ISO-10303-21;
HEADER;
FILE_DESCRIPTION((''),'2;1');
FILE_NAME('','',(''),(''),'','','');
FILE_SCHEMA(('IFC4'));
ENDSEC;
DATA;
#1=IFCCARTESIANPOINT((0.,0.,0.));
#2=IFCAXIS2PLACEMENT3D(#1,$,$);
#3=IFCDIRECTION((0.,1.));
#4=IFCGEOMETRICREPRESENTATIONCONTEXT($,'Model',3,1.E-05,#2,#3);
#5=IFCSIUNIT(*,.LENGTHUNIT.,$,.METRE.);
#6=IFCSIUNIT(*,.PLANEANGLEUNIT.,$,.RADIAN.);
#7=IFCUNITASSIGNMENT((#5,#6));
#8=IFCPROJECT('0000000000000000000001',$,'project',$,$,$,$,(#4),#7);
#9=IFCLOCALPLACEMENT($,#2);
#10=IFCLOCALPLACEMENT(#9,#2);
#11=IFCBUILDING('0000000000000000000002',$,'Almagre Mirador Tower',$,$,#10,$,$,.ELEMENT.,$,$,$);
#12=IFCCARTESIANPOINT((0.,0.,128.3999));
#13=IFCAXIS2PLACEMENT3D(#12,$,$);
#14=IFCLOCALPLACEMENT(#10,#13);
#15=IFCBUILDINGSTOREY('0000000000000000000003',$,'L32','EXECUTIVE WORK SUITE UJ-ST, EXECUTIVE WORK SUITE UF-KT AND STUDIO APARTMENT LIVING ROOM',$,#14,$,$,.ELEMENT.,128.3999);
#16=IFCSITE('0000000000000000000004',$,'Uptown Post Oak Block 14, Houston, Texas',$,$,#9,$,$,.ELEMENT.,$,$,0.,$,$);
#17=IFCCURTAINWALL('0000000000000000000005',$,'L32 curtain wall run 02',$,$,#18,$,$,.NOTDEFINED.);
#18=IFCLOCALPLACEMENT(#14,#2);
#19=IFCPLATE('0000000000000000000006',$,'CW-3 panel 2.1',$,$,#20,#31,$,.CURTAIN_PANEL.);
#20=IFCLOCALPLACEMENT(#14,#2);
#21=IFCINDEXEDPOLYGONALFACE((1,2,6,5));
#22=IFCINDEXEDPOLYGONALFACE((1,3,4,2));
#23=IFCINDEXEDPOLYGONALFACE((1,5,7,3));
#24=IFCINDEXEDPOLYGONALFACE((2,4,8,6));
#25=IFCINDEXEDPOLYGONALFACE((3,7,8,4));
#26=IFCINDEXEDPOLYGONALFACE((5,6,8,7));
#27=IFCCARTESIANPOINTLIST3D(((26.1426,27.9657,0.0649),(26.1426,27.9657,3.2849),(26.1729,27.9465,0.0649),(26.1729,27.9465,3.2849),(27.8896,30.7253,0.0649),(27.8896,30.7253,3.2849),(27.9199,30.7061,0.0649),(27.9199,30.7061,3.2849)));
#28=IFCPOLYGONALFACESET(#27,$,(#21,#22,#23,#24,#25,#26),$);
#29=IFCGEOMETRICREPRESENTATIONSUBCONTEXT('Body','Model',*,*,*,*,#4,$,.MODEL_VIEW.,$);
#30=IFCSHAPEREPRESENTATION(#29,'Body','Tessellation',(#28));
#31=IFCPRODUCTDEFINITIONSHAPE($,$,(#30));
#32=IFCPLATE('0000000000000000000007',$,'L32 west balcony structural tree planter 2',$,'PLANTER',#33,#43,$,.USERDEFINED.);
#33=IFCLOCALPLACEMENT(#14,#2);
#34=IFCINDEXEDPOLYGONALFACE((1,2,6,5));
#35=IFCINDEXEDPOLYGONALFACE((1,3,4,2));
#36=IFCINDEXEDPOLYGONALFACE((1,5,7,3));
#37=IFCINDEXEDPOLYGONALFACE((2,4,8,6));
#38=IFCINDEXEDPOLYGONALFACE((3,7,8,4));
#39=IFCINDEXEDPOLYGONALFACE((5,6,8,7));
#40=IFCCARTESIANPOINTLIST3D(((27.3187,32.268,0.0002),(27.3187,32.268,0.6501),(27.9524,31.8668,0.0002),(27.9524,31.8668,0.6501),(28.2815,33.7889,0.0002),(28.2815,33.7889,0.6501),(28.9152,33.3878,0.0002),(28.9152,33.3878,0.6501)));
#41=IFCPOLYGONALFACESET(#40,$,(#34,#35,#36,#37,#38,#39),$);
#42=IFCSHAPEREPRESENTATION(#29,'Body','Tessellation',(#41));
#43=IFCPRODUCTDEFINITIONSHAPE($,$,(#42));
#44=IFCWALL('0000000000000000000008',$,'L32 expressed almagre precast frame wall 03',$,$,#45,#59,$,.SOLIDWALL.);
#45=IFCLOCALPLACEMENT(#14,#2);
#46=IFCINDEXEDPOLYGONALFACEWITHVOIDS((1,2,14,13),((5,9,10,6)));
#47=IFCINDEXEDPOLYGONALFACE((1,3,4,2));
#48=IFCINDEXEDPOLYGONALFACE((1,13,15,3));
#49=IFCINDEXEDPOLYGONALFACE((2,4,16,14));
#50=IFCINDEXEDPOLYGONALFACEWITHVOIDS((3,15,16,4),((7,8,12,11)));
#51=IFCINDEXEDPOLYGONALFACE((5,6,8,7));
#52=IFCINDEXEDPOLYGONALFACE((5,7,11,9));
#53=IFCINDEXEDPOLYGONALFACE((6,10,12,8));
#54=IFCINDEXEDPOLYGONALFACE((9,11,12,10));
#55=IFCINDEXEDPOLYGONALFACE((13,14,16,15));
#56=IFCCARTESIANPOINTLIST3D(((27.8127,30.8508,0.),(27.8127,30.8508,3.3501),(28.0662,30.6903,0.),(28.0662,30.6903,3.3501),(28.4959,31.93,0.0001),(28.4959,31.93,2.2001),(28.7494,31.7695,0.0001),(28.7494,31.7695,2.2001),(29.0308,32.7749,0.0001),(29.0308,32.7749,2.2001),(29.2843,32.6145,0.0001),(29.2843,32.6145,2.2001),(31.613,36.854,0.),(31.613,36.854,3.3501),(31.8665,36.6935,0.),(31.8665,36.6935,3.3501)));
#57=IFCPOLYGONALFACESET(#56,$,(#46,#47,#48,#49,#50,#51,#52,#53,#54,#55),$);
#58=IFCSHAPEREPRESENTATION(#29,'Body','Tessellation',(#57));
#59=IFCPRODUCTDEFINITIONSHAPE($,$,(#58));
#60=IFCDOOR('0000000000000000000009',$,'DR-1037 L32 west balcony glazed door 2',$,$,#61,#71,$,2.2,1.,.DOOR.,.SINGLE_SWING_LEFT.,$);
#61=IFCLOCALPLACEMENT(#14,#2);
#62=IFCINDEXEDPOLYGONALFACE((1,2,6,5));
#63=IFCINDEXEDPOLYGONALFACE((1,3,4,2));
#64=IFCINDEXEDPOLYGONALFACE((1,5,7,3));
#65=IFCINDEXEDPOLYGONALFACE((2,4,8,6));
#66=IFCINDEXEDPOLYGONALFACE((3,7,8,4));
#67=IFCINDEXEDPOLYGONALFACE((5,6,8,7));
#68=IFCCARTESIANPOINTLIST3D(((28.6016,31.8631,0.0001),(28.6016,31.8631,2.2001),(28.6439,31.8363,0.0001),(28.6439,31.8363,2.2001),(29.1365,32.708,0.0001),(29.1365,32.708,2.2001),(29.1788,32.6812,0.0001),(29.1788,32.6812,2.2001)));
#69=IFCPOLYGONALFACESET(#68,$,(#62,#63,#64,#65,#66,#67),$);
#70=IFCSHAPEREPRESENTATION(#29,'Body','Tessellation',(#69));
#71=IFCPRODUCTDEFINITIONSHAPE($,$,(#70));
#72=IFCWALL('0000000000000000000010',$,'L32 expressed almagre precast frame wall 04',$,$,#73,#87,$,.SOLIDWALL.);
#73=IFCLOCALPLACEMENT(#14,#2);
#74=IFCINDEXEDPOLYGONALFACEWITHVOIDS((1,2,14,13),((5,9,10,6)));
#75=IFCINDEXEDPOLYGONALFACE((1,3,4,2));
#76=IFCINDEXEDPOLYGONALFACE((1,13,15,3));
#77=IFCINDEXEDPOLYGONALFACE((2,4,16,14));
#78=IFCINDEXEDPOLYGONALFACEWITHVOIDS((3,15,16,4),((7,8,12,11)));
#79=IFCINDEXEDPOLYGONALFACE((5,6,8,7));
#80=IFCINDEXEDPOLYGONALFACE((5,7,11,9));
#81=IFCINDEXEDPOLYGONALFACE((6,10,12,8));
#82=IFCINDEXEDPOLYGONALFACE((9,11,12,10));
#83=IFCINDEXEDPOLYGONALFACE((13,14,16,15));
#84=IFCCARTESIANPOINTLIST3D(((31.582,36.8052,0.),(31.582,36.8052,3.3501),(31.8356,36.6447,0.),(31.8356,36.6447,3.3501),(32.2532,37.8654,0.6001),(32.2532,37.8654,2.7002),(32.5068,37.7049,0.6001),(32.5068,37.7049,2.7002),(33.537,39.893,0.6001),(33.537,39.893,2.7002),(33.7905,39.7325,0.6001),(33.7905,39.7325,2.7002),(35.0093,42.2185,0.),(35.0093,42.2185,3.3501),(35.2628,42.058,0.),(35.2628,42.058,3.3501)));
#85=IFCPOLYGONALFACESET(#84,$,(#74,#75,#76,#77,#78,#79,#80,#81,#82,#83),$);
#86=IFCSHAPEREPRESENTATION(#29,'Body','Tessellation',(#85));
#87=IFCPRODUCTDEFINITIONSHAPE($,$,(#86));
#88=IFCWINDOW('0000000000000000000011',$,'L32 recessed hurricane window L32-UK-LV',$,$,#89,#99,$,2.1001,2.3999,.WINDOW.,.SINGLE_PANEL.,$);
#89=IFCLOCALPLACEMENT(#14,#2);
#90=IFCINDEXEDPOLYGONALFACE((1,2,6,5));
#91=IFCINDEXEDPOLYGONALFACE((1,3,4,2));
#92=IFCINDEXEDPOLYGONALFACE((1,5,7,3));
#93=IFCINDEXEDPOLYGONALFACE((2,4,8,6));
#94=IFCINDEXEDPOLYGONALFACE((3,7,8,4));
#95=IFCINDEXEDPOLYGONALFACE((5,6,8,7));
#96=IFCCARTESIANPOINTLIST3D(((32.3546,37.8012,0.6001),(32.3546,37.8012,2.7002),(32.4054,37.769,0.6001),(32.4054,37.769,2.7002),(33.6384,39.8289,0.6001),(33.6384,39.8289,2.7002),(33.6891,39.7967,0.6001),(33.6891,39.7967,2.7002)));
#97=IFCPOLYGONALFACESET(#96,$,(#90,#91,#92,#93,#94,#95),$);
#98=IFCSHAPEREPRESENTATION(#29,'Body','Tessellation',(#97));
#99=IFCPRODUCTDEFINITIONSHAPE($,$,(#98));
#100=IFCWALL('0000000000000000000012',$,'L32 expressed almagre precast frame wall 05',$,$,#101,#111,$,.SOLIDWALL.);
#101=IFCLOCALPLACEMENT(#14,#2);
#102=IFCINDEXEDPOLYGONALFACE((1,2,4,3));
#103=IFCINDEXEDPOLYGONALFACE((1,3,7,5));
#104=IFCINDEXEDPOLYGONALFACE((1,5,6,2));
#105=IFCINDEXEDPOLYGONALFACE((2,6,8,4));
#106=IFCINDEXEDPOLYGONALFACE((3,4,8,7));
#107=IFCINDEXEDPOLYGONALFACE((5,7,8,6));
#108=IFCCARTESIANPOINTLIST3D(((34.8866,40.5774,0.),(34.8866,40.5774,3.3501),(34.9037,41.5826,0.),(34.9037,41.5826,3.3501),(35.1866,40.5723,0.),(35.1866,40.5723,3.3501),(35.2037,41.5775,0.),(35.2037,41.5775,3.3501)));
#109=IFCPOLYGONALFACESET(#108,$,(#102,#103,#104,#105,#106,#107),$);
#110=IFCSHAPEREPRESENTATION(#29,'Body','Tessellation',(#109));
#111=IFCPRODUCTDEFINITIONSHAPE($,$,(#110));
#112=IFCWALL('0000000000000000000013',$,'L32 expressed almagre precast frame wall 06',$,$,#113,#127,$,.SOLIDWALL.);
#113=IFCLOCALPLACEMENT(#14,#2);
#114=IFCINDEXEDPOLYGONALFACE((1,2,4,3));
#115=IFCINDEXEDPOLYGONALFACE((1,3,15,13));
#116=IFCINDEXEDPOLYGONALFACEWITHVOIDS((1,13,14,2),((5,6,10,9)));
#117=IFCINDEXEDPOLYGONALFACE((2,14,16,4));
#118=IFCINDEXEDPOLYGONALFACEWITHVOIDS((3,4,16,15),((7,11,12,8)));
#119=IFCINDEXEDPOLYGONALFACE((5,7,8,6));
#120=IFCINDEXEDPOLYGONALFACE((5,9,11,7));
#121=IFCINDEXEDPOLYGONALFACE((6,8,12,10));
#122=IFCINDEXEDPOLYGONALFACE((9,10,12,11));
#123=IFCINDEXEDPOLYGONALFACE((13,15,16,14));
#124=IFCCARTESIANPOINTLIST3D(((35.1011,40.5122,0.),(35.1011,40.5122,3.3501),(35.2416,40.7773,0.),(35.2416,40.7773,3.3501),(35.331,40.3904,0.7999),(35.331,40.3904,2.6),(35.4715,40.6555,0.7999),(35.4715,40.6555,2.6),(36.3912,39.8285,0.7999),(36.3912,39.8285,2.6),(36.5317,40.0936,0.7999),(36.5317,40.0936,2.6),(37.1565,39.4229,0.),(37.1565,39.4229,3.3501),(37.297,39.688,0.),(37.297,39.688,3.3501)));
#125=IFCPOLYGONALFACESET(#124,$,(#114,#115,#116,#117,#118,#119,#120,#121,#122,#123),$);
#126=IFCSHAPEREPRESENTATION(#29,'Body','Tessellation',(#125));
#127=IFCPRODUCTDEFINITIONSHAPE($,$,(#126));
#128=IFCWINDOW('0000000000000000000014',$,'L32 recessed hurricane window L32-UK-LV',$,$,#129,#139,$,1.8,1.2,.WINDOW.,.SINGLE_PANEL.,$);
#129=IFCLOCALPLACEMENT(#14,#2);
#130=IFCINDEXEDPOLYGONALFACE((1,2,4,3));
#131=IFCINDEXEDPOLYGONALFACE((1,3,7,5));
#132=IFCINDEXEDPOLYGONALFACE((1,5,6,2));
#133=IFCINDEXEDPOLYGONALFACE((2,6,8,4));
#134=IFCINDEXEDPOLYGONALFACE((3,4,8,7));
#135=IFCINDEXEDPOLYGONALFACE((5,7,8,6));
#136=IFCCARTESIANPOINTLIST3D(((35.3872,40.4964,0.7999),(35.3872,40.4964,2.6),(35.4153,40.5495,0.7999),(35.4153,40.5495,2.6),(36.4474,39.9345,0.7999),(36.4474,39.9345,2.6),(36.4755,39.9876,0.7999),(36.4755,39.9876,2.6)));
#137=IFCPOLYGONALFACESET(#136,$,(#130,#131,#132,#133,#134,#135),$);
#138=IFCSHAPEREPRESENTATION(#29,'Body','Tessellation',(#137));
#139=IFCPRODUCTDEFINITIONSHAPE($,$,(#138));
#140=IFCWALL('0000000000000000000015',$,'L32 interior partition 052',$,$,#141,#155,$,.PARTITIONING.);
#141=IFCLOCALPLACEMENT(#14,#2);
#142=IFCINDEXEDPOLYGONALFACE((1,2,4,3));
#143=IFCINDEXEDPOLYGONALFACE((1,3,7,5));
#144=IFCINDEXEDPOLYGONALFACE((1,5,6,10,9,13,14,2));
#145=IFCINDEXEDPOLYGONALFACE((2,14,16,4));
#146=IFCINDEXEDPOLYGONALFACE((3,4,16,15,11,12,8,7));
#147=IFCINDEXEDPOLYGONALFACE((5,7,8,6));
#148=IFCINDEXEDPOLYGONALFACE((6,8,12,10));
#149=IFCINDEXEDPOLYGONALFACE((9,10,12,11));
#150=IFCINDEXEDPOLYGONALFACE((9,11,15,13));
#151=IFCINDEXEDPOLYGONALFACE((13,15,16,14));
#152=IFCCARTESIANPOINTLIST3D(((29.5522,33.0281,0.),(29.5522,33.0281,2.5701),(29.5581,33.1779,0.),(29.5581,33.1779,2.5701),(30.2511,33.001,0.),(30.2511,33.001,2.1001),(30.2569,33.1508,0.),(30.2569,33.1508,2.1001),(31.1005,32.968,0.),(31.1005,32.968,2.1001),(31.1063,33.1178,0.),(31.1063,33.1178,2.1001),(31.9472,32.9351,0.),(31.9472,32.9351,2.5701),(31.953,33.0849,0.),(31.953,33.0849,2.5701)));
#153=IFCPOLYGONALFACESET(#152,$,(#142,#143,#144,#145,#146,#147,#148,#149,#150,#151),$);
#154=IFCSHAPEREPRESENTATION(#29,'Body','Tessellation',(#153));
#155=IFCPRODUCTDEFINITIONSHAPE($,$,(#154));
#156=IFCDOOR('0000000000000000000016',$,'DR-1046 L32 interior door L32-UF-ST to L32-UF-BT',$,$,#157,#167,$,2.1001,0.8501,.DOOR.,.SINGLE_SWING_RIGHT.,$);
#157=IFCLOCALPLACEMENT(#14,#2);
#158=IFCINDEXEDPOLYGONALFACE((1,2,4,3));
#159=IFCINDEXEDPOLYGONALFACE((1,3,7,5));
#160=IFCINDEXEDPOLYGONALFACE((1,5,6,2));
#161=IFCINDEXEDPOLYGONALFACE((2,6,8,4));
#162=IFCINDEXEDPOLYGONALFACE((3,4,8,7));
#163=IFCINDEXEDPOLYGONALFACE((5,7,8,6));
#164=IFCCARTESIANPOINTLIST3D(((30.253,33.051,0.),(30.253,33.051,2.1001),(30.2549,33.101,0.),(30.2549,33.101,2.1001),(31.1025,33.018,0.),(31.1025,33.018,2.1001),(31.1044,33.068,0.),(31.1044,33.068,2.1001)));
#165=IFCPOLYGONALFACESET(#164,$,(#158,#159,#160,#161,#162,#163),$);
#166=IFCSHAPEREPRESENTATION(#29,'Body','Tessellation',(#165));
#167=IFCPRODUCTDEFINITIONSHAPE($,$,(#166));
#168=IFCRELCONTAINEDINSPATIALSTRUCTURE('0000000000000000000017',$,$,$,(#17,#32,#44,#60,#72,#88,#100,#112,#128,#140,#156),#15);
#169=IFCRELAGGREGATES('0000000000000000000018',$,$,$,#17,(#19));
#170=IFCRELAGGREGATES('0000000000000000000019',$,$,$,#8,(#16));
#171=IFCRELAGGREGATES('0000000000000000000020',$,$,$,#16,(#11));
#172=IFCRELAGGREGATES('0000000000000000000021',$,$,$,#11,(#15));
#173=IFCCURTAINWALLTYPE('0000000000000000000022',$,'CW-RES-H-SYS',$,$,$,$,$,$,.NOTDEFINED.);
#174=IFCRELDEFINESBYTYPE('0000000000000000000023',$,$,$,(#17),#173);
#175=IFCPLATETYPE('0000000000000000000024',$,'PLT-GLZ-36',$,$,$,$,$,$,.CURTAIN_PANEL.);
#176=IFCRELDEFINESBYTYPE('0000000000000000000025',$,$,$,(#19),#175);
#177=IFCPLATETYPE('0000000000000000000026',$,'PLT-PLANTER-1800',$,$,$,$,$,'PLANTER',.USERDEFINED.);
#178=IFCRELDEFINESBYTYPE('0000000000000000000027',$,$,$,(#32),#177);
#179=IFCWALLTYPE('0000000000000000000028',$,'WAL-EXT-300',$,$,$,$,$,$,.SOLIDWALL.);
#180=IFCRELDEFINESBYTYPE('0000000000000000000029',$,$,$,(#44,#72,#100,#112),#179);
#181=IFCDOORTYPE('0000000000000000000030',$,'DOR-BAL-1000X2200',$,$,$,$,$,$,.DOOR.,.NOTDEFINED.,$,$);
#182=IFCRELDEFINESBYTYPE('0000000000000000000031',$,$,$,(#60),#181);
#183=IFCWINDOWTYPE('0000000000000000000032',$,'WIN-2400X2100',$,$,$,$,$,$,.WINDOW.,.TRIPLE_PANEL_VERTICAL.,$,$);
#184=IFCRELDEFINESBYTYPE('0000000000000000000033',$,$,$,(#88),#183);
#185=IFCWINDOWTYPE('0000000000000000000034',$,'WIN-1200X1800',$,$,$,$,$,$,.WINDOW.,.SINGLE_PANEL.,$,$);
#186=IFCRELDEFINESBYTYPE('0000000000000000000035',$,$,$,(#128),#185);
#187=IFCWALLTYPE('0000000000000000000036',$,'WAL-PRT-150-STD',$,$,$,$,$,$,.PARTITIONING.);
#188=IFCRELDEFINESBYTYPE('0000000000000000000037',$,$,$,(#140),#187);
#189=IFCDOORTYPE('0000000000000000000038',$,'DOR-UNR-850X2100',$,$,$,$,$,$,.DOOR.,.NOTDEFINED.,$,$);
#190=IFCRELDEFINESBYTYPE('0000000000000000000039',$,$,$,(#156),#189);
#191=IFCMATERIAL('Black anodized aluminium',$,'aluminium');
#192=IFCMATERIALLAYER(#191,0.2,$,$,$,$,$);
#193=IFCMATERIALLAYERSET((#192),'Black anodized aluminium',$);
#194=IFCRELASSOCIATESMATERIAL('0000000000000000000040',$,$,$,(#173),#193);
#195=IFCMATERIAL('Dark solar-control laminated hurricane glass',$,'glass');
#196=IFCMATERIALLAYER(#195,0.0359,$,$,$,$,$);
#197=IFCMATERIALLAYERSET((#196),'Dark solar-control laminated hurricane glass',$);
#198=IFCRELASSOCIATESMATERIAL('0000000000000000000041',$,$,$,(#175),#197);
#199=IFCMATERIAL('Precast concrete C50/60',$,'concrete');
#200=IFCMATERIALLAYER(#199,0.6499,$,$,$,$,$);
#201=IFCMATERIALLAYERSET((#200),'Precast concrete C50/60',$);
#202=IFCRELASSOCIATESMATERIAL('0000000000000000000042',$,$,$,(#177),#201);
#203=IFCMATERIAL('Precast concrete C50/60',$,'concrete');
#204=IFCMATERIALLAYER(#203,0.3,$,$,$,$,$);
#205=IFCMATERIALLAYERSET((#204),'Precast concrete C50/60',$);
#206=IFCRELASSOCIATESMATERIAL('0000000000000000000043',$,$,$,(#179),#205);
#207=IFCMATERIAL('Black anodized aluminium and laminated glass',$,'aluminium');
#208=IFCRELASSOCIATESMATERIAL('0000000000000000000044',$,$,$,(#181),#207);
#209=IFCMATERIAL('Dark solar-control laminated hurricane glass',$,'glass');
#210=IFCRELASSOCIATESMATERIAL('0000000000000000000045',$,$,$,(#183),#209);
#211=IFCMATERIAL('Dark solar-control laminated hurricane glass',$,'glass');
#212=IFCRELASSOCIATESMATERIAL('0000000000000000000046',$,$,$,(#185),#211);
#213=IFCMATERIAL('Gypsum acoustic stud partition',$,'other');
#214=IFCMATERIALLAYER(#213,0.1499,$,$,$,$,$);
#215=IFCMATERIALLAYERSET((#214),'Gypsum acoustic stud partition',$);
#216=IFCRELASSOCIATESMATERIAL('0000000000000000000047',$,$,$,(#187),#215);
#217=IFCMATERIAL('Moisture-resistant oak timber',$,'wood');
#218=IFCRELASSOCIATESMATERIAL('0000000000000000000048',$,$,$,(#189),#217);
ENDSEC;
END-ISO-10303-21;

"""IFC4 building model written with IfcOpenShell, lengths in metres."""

from ifc_helpers import new_model, si_unit, direction, frame, frame_2d, origin, origin_2d, place, context, subcontext, project, spatial, rectangle, extrude, material, layer, layer_set, type_object, element, fill, aggregate, save


model = new_model("IFC4")

# Units and contexts
model_context = context("Model", 3, precision=1e-05, world=origin(), true_north=direction((0.0, 1.0)))
body_context = subcontext(model_context, "Body", "Model", "MODEL_VIEW")
ifc_project = project(units=[si_unit("LENGTHUNIT", "METRE"), si_unit("PLANEANGLEUNIT", "RADIAN")], contexts=[model_context])

# Site, building, storey
site_placement = place(None, origin())
site = spatial("IfcSite", under=ifc_project, at=site_placement, Name="Uptown Post Oak Block 14, Houston, Texas", CompositionType="ELEMENT", RefElevation=0.0)
building_placement = place(site_placement, origin())
building = spatial("IfcBuilding", under=site, at=building_placement, Name="Almagre Mirador Tower", CompositionType="ELEMENT")
storey_placement = place(building_placement, frame((0.0, 0.0, 128.3999)))
storey = spatial("IfcBuildingStorey", under=building, at=storey_placement, Name="L32", Description="EXECUTIVE WORK SUITE UJ-ST, EXECUTIVE WORK SUITE UF-KT AND STUDIO APARTMENT LIVING ROOM", CompositionType="ELEMENT", Elevation=128.3999)

# Curtain wall, plate
ifc_material_1 = material(Name="Black anodized aluminium", Category="aluminium")
ifc_layer_1 = layer(ifc_material_1, 0.2)
ifc_layer_set_1 = layer_set([ifc_layer_1], Name="Black anodized aluminium")
curtain_wall_type = type_object("IfcCurtainWallType", Name="CW-RES-H-SYS", PredefinedType="NOTDEFINED", material=ifc_layer_set_1)
curtain_wall_placement = place(storey_placement, origin())
curtain_wall = element("IfcCurtainWall", 1, at=curtain_wall_placement, inside=storey, type_object=curtain_wall_type, Name="L32 curtain wall run 02", PredefinedType="NOTDEFINED")
ifc_material_2 = material(Name="Dark solar-control laminated hurricane glass", Category="glass")
ifc_layer_2 = layer(ifc_material_2, 0.0359)
ifc_layer_set_2 = layer_set([ifc_layer_2], Name="Dark solar-control laminated hurricane glass")
plate_type_1 = type_object("IfcPlateType", Name="PLT-GLZ-36", PredefinedType="CURTAIN_PANEL", material=ifc_layer_set_2)
plate_1_placement = place(storey_placement, frame((27.0312, 29.3359, 0.0649), z_axis=(0.0, 0.0, 1.0), x_axis=(0.534893, 0.84492, 0.0)))
plate_1 = element("IfcPlate", 2, at=plate_1_placement, type_object=plate_type_1, Name="CW-3 panel 2.1", PredefinedType="CURTAIN_PANEL", context=body_context, shape_type="SweptSolid", body=[
    extrude(rectangle(XDim=3.2661, YDim=0.0359, at=origin_2d()), origin(), (0.0, 0.0, 1.0), 3.22),
])
aggregate(curtain_wall, [plate_1])

# Plate
ifc_material_3 = material(Name="Precast concrete C50/60", Category="concrete")
ifc_layer_3 = layer(ifc_material_3, 0.6499)
ifc_layer_set_3 = layer_set([ifc_layer_3], Name="Precast concrete C50/60")
plate_type_2 = type_object("IfcPlateType", Name="PLT-PLANTER-1800", ElementType="PLANTER", PredefinedType="USERDEFINED", material=ifc_layer_set_3)
plate_2_placement = place(storey_placement, frame((28.1169, 32.8279, 0.0002), z_axis=(0.0, 0.0, 1.0), x_axis=(-0.534869, -0.844935, 0.0)))
element("IfcPlate", 3, at=plate_2_placement, inside=storey, type_object=plate_type_2, Name="L32 west balcony structural tree planter 2", ObjectType="PLANTER", PredefinedType="USERDEFINED", context=body_context, shape_type="SweptSolid", body=[
    extrude(rectangle(XDim=1.8, YDim=0.75, at=origin_2d()), origin(), (0.0, 0.0, 1.0), 0.6499),
])

# Wall, opening, door
ifc_material_4 = material(Name="Precast concrete C50/60", Category="concrete")
ifc_layer_4 = layer(ifc_material_4, 0.3)
ifc_layer_set_4 = layer_set([ifc_layer_4], Name="Precast concrete C50/60")
wall_type_1 = type_object("IfcWallType", Name="WAL-EXT-300", PredefinedType="SOLIDWALL", material=ifc_layer_set_4)
wall_1_placement = place(storey_placement, frame((27.9395, 30.7705, 0.0), z_axis=(0.0, 0.0, 1.0), x_axis=(0.53488, 0.844928, 0.0)))
wall_1 = element("IfcWall", 4, at=wall_1_placement, inside=storey, type_object=wall_type_1, Name="L32 expressed almagre precast frame wall 03", PredefinedType="SOLIDWALL", context=body_context, shape_type="SweptSolid", body=[
    extrude(rectangle(XDim=7.105, YDim=0.3, at=frame_2d((3.5525, 0.0))), origin(), (0.0, 0.0, 1.0), 3.3501),
])
opening_1_placement = place(wall_1_placement, frame((1.2773, 0.0, 0.0)))
opening_1 = element("IfcOpeningElement", 5, at=opening_1_placement, cuts=wall_1, PredefinedType="OPENING", context=body_context, shape_type="SweptSolid", body=[
    extrude(rectangle(XDim=1.0, YDim=2.2, at=frame_2d((0.5, 1.1001))), frame((0.0, 0.1599, 0.0), z_axis=(0.0, -1.0, 0.0), x_axis=(1.0, 0.0, 0.0)), (0.0, 0.0, 1.0), 0.32),
])
ifc_material_5 = material(Name="Black anodized aluminium and laminated glass", Category="aluminium")
door_type_1 = type_object("IfcDoorType", Name="DOR-BAL-1000X2200", OperationType="NOTDEFINED", PredefinedType="DOOR", material=ifc_material_5)
door_1_placement = place(opening_1_placement, origin())
door_1 = element("IfcDoor", 6, at=door_1_placement, inside=storey, type_object=door_type_1, Name="DR-1037 L32 west balcony glazed door 2", OperationType="SINGLE_SWING_LEFT", OverallHeight=2.2, OverallWidth=1.0, PredefinedType="DOOR", context=body_context, shape_type="SweptSolid", body=[
    extrude(rectangle(XDim=1.0, YDim=2.2, at=frame_2d((0.5, 1.1001))), frame((0.0, 0.0249, 0.0), z_axis=(0.0, -1.0, 0.0), x_axis=(1.0, 0.0, 0.0)), (0.0, 0.0, 1.0), 0.05),
])
fill(opening_1, door_1)

# Wall, opening, window
wall_2_placement = place(storey_placement, frame((31.7087, 36.7249, 0.0), z_axis=(0.0, 0.0, 1.0), x_axis=(0.534919, 0.844903, 0.0)))
wall_2 = element("IfcWall", 7, at=wall_2_placement, inside=storey, type_object=wall_type_1, Name="L32 expressed almagre precast frame wall 04", PredefinedType="SOLIDWALL", context=body_context, shape_type="SweptSolid", body=[
    extrude(rectangle(XDim=6.407, YDim=0.3, at=frame_2d((3.2036, 0.0))), origin(), (0.0, 0.0, 1.0), 3.3501),
])
opening_2_placement = place(wall_2_placement, frame((1.2549, 0.0, 0.6001)))
opening_2 = element("IfcOpeningElement", 8, at=opening_2_placement, cuts=wall_2, PredefinedType="OPENING", context=body_context, shape_type="SweptSolid", body=[
    extrude(rectangle(XDim=2.3999, YDim=2.1001, at=frame_2d((1.2, 1.05))), frame((0.0, 0.1599, 0.0), z_axis=(0.0, -1.0, 0.0), x_axis=(1.0, 0.0, 0.0)), (0.0, 0.0, 1.0), 0.32),
])
ifc_material_6 = material(Name="Dark solar-control laminated hurricane glass", Category="glass")
window_type_1 = type_object("IfcWindowType", Name="WIN-2400X2100", PartitioningType="TRIPLE_PANEL_VERTICAL", PredefinedType="WINDOW", material=ifc_material_6)
window_1_placement = place(opening_2_placement, origin())
window_1 = element("IfcWindow", 9, at=window_1_placement, inside=storey, type_object=window_type_1, Name="L32 recessed hurricane window L32-UK-LV", OverallHeight=2.1001, OverallWidth=2.3999, PartitioningType="SINGLE_PANEL", PredefinedType="WINDOW", context=body_context, shape_type="SweptSolid", body=[
    extrude(rectangle(XDim=2.3999, YDim=2.1001, at=frame_2d((1.2, 1.05))), frame((0.0, 0.03, 0.0), z_axis=(0.0, -1.0, 0.0), x_axis=(1.0, 0.0, 0.0)), (0.0, 0.0, 1.0), 0.0601),
])
fill(opening_2, window_1)

# Wall
wall_3_placement = place(storey_placement, frame((35.0537, 41.5801, 0.0), z_axis=(0.0, 0.0, 1.0), x_axis=(-0.017, -0.999855, 0.0)))
element("IfcWall", 10, at=wall_3_placement, inside=storey, type_object=wall_type_1, Name="L32 expressed almagre precast frame wall 05", PredefinedType="SOLIDWALL", context=body_context, shape_type="SweptSolid", body=[
    extrude(rectangle(XDim=1.0054, YDim=0.3, at=frame_2d((0.5027, 0.0))), origin(), (0.0, 0.0, 1.0), 3.3501),
])

# Wall, opening, window
wall_4_placement = place(storey_placement, frame((35.1714, 40.6448, 0.0), z_axis=(0.0, 0.0, 1.0), x_axis=(0.883576, -0.468288, 0.0)))
wall_4 = element("IfcWall", 11, at=wall_4_placement, inside=storey, type_object=wall_type_1, Name="L32 expressed almagre precast frame wall 06", PredefinedType="SOLIDWALL", context=body_context, shape_type="SweptSolid", body=[
    extrude(rectangle(XDim=2.3262, YDim=0.3, at=frame_2d((1.1631, 0.0))), origin(), (0.0, 0.0, 1.0), 3.3501),
])
opening_3_placement = place(wall_4_placement, frame((0.26, 0.0, 0.8)))
opening_3 = element("IfcOpeningElement", 12, at=opening_3_placement, cuts=wall_4, PredefinedType="OPENING", context=body_context, shape_type="SweptSolid", body=[
    extrude(rectangle(XDim=1.2, YDim=1.8, at=frame_2d((0.6001, 0.8999))), frame((0.0, 0.1599, 0.0), z_axis=(0.0, -1.0, 0.0), x_axis=(1.0, 0.0, 0.0)), (0.0, 0.0, 1.0), 0.32),
])
ifc_material_7 = material(Name="Dark solar-control laminated hurricane glass", Category="glass")
window_type_2 = type_object("IfcWindowType", Name="WIN-1200X1800", PartitioningType="SINGLE_PANEL", PredefinedType="WINDOW", material=ifc_material_7)
window_2_placement = place(opening_3_placement, origin())
window_2 = element("IfcWindow", 13, at=window_2_placement, inside=storey, type_object=window_type_2, Name="L32 recessed hurricane window L32-UK-LV", OverallHeight=1.8, OverallWidth=1.2, PartitioningType="SINGLE_PANEL", PredefinedType="WINDOW", context=body_context, shape_type="SweptSolid", body=[
    extrude(rectangle(XDim=1.2, YDim=1.8, at=frame_2d((0.6001, 0.8999))), frame((0.0, 0.03, 0.0), z_axis=(0.0, -1.0, 0.0), x_axis=(1.0, 0.0, 0.0)), (0.0, 0.0, 1.0), 0.0601),
])
fill(opening_3, window_2)

# Wall, opening, door
ifc_material_8 = material(Name="Gypsum acoustic stud partition", Category="other")
ifc_layer_5 = layer(ifc_material_8, 0.1499)
ifc_layer_set_5 = layer_set([ifc_layer_5], Name="Gypsum acoustic stud partition")
wall_type_2 = type_object("IfcWallType", Name="WAL-PRT-150-STD", PredefinedType="PARTITIONING", material=ifc_layer_set_5)
wall_5_placement = place(storey_placement, frame((31.95, 33.01, 0.0), z_axis=(0.0, 0.0, 1.0), x_axis=(-0.999247, 0.038809, 0.0)))
wall_5 = element("IfcWall", 14, at=wall_5_placement, inside=storey, type_object=wall_type_2, Name="L32 interior partition 052", PredefinedType="PARTITIONING", context=body_context, shape_type="SweptSolid", body=[
    extrude(rectangle(XDim=2.3967, YDim=0.1499, at=frame_2d((1.1982, 0.0))), origin(), (0.0, 0.0, 1.0), 2.5701),
])
opening_4_placement = place(wall_5_placement, frame((0.8472, 0.0, 0.0)))
opening_4 = element("IfcOpeningElement", 15, at=opening_4_placement, cuts=wall_5, PredefinedType="OPENING", context=body_context, shape_type="SweptSolid", body=[
    extrude(rectangle(XDim=0.8501, YDim=2.1001, at=frame_2d((0.425, 1.05))), frame((0.0, 0.085, 0.0), z_axis=(0.0, -1.0, 0.0), x_axis=(1.0, 0.0, 0.0)), (0.0, 0.0, 1.0), 0.1699),
])
ifc_material_9 = material(Name="Moisture-resistant oak timber", Category="wood")
door_type_2 = type_object("IfcDoorType", Name="DOR-UNR-850X2100", OperationType="NOTDEFINED", PredefinedType="DOOR", material=ifc_material_9)
door_2_placement = place(opening_4_placement, origin())
door_2 = element("IfcDoor", 16, at=door_2_placement, inside=storey, type_object=door_type_2, Name="DR-1046 L32 interior door L32-UF-ST to L32-UF-BT", OperationType="SINGLE_SWING_RIGHT", OverallHeight=2.1001, OverallWidth=0.8501, PredefinedType="DOOR", context=body_context, shape_type="SweptSolid", body=[
    extrude(rectangle(XDim=0.8501, YDim=2.1001, at=frame_2d((0.425, 1.05))), frame((0.0, 0.0249, 0.0), z_axis=(0.0, -1.0, 0.0), x_axis=(1.0, 0.0, 0.0)), (0.0, 0.0, 1.0), 0.05),
])
fill(opening_4, door_2)

save(model, "model.ifc")
